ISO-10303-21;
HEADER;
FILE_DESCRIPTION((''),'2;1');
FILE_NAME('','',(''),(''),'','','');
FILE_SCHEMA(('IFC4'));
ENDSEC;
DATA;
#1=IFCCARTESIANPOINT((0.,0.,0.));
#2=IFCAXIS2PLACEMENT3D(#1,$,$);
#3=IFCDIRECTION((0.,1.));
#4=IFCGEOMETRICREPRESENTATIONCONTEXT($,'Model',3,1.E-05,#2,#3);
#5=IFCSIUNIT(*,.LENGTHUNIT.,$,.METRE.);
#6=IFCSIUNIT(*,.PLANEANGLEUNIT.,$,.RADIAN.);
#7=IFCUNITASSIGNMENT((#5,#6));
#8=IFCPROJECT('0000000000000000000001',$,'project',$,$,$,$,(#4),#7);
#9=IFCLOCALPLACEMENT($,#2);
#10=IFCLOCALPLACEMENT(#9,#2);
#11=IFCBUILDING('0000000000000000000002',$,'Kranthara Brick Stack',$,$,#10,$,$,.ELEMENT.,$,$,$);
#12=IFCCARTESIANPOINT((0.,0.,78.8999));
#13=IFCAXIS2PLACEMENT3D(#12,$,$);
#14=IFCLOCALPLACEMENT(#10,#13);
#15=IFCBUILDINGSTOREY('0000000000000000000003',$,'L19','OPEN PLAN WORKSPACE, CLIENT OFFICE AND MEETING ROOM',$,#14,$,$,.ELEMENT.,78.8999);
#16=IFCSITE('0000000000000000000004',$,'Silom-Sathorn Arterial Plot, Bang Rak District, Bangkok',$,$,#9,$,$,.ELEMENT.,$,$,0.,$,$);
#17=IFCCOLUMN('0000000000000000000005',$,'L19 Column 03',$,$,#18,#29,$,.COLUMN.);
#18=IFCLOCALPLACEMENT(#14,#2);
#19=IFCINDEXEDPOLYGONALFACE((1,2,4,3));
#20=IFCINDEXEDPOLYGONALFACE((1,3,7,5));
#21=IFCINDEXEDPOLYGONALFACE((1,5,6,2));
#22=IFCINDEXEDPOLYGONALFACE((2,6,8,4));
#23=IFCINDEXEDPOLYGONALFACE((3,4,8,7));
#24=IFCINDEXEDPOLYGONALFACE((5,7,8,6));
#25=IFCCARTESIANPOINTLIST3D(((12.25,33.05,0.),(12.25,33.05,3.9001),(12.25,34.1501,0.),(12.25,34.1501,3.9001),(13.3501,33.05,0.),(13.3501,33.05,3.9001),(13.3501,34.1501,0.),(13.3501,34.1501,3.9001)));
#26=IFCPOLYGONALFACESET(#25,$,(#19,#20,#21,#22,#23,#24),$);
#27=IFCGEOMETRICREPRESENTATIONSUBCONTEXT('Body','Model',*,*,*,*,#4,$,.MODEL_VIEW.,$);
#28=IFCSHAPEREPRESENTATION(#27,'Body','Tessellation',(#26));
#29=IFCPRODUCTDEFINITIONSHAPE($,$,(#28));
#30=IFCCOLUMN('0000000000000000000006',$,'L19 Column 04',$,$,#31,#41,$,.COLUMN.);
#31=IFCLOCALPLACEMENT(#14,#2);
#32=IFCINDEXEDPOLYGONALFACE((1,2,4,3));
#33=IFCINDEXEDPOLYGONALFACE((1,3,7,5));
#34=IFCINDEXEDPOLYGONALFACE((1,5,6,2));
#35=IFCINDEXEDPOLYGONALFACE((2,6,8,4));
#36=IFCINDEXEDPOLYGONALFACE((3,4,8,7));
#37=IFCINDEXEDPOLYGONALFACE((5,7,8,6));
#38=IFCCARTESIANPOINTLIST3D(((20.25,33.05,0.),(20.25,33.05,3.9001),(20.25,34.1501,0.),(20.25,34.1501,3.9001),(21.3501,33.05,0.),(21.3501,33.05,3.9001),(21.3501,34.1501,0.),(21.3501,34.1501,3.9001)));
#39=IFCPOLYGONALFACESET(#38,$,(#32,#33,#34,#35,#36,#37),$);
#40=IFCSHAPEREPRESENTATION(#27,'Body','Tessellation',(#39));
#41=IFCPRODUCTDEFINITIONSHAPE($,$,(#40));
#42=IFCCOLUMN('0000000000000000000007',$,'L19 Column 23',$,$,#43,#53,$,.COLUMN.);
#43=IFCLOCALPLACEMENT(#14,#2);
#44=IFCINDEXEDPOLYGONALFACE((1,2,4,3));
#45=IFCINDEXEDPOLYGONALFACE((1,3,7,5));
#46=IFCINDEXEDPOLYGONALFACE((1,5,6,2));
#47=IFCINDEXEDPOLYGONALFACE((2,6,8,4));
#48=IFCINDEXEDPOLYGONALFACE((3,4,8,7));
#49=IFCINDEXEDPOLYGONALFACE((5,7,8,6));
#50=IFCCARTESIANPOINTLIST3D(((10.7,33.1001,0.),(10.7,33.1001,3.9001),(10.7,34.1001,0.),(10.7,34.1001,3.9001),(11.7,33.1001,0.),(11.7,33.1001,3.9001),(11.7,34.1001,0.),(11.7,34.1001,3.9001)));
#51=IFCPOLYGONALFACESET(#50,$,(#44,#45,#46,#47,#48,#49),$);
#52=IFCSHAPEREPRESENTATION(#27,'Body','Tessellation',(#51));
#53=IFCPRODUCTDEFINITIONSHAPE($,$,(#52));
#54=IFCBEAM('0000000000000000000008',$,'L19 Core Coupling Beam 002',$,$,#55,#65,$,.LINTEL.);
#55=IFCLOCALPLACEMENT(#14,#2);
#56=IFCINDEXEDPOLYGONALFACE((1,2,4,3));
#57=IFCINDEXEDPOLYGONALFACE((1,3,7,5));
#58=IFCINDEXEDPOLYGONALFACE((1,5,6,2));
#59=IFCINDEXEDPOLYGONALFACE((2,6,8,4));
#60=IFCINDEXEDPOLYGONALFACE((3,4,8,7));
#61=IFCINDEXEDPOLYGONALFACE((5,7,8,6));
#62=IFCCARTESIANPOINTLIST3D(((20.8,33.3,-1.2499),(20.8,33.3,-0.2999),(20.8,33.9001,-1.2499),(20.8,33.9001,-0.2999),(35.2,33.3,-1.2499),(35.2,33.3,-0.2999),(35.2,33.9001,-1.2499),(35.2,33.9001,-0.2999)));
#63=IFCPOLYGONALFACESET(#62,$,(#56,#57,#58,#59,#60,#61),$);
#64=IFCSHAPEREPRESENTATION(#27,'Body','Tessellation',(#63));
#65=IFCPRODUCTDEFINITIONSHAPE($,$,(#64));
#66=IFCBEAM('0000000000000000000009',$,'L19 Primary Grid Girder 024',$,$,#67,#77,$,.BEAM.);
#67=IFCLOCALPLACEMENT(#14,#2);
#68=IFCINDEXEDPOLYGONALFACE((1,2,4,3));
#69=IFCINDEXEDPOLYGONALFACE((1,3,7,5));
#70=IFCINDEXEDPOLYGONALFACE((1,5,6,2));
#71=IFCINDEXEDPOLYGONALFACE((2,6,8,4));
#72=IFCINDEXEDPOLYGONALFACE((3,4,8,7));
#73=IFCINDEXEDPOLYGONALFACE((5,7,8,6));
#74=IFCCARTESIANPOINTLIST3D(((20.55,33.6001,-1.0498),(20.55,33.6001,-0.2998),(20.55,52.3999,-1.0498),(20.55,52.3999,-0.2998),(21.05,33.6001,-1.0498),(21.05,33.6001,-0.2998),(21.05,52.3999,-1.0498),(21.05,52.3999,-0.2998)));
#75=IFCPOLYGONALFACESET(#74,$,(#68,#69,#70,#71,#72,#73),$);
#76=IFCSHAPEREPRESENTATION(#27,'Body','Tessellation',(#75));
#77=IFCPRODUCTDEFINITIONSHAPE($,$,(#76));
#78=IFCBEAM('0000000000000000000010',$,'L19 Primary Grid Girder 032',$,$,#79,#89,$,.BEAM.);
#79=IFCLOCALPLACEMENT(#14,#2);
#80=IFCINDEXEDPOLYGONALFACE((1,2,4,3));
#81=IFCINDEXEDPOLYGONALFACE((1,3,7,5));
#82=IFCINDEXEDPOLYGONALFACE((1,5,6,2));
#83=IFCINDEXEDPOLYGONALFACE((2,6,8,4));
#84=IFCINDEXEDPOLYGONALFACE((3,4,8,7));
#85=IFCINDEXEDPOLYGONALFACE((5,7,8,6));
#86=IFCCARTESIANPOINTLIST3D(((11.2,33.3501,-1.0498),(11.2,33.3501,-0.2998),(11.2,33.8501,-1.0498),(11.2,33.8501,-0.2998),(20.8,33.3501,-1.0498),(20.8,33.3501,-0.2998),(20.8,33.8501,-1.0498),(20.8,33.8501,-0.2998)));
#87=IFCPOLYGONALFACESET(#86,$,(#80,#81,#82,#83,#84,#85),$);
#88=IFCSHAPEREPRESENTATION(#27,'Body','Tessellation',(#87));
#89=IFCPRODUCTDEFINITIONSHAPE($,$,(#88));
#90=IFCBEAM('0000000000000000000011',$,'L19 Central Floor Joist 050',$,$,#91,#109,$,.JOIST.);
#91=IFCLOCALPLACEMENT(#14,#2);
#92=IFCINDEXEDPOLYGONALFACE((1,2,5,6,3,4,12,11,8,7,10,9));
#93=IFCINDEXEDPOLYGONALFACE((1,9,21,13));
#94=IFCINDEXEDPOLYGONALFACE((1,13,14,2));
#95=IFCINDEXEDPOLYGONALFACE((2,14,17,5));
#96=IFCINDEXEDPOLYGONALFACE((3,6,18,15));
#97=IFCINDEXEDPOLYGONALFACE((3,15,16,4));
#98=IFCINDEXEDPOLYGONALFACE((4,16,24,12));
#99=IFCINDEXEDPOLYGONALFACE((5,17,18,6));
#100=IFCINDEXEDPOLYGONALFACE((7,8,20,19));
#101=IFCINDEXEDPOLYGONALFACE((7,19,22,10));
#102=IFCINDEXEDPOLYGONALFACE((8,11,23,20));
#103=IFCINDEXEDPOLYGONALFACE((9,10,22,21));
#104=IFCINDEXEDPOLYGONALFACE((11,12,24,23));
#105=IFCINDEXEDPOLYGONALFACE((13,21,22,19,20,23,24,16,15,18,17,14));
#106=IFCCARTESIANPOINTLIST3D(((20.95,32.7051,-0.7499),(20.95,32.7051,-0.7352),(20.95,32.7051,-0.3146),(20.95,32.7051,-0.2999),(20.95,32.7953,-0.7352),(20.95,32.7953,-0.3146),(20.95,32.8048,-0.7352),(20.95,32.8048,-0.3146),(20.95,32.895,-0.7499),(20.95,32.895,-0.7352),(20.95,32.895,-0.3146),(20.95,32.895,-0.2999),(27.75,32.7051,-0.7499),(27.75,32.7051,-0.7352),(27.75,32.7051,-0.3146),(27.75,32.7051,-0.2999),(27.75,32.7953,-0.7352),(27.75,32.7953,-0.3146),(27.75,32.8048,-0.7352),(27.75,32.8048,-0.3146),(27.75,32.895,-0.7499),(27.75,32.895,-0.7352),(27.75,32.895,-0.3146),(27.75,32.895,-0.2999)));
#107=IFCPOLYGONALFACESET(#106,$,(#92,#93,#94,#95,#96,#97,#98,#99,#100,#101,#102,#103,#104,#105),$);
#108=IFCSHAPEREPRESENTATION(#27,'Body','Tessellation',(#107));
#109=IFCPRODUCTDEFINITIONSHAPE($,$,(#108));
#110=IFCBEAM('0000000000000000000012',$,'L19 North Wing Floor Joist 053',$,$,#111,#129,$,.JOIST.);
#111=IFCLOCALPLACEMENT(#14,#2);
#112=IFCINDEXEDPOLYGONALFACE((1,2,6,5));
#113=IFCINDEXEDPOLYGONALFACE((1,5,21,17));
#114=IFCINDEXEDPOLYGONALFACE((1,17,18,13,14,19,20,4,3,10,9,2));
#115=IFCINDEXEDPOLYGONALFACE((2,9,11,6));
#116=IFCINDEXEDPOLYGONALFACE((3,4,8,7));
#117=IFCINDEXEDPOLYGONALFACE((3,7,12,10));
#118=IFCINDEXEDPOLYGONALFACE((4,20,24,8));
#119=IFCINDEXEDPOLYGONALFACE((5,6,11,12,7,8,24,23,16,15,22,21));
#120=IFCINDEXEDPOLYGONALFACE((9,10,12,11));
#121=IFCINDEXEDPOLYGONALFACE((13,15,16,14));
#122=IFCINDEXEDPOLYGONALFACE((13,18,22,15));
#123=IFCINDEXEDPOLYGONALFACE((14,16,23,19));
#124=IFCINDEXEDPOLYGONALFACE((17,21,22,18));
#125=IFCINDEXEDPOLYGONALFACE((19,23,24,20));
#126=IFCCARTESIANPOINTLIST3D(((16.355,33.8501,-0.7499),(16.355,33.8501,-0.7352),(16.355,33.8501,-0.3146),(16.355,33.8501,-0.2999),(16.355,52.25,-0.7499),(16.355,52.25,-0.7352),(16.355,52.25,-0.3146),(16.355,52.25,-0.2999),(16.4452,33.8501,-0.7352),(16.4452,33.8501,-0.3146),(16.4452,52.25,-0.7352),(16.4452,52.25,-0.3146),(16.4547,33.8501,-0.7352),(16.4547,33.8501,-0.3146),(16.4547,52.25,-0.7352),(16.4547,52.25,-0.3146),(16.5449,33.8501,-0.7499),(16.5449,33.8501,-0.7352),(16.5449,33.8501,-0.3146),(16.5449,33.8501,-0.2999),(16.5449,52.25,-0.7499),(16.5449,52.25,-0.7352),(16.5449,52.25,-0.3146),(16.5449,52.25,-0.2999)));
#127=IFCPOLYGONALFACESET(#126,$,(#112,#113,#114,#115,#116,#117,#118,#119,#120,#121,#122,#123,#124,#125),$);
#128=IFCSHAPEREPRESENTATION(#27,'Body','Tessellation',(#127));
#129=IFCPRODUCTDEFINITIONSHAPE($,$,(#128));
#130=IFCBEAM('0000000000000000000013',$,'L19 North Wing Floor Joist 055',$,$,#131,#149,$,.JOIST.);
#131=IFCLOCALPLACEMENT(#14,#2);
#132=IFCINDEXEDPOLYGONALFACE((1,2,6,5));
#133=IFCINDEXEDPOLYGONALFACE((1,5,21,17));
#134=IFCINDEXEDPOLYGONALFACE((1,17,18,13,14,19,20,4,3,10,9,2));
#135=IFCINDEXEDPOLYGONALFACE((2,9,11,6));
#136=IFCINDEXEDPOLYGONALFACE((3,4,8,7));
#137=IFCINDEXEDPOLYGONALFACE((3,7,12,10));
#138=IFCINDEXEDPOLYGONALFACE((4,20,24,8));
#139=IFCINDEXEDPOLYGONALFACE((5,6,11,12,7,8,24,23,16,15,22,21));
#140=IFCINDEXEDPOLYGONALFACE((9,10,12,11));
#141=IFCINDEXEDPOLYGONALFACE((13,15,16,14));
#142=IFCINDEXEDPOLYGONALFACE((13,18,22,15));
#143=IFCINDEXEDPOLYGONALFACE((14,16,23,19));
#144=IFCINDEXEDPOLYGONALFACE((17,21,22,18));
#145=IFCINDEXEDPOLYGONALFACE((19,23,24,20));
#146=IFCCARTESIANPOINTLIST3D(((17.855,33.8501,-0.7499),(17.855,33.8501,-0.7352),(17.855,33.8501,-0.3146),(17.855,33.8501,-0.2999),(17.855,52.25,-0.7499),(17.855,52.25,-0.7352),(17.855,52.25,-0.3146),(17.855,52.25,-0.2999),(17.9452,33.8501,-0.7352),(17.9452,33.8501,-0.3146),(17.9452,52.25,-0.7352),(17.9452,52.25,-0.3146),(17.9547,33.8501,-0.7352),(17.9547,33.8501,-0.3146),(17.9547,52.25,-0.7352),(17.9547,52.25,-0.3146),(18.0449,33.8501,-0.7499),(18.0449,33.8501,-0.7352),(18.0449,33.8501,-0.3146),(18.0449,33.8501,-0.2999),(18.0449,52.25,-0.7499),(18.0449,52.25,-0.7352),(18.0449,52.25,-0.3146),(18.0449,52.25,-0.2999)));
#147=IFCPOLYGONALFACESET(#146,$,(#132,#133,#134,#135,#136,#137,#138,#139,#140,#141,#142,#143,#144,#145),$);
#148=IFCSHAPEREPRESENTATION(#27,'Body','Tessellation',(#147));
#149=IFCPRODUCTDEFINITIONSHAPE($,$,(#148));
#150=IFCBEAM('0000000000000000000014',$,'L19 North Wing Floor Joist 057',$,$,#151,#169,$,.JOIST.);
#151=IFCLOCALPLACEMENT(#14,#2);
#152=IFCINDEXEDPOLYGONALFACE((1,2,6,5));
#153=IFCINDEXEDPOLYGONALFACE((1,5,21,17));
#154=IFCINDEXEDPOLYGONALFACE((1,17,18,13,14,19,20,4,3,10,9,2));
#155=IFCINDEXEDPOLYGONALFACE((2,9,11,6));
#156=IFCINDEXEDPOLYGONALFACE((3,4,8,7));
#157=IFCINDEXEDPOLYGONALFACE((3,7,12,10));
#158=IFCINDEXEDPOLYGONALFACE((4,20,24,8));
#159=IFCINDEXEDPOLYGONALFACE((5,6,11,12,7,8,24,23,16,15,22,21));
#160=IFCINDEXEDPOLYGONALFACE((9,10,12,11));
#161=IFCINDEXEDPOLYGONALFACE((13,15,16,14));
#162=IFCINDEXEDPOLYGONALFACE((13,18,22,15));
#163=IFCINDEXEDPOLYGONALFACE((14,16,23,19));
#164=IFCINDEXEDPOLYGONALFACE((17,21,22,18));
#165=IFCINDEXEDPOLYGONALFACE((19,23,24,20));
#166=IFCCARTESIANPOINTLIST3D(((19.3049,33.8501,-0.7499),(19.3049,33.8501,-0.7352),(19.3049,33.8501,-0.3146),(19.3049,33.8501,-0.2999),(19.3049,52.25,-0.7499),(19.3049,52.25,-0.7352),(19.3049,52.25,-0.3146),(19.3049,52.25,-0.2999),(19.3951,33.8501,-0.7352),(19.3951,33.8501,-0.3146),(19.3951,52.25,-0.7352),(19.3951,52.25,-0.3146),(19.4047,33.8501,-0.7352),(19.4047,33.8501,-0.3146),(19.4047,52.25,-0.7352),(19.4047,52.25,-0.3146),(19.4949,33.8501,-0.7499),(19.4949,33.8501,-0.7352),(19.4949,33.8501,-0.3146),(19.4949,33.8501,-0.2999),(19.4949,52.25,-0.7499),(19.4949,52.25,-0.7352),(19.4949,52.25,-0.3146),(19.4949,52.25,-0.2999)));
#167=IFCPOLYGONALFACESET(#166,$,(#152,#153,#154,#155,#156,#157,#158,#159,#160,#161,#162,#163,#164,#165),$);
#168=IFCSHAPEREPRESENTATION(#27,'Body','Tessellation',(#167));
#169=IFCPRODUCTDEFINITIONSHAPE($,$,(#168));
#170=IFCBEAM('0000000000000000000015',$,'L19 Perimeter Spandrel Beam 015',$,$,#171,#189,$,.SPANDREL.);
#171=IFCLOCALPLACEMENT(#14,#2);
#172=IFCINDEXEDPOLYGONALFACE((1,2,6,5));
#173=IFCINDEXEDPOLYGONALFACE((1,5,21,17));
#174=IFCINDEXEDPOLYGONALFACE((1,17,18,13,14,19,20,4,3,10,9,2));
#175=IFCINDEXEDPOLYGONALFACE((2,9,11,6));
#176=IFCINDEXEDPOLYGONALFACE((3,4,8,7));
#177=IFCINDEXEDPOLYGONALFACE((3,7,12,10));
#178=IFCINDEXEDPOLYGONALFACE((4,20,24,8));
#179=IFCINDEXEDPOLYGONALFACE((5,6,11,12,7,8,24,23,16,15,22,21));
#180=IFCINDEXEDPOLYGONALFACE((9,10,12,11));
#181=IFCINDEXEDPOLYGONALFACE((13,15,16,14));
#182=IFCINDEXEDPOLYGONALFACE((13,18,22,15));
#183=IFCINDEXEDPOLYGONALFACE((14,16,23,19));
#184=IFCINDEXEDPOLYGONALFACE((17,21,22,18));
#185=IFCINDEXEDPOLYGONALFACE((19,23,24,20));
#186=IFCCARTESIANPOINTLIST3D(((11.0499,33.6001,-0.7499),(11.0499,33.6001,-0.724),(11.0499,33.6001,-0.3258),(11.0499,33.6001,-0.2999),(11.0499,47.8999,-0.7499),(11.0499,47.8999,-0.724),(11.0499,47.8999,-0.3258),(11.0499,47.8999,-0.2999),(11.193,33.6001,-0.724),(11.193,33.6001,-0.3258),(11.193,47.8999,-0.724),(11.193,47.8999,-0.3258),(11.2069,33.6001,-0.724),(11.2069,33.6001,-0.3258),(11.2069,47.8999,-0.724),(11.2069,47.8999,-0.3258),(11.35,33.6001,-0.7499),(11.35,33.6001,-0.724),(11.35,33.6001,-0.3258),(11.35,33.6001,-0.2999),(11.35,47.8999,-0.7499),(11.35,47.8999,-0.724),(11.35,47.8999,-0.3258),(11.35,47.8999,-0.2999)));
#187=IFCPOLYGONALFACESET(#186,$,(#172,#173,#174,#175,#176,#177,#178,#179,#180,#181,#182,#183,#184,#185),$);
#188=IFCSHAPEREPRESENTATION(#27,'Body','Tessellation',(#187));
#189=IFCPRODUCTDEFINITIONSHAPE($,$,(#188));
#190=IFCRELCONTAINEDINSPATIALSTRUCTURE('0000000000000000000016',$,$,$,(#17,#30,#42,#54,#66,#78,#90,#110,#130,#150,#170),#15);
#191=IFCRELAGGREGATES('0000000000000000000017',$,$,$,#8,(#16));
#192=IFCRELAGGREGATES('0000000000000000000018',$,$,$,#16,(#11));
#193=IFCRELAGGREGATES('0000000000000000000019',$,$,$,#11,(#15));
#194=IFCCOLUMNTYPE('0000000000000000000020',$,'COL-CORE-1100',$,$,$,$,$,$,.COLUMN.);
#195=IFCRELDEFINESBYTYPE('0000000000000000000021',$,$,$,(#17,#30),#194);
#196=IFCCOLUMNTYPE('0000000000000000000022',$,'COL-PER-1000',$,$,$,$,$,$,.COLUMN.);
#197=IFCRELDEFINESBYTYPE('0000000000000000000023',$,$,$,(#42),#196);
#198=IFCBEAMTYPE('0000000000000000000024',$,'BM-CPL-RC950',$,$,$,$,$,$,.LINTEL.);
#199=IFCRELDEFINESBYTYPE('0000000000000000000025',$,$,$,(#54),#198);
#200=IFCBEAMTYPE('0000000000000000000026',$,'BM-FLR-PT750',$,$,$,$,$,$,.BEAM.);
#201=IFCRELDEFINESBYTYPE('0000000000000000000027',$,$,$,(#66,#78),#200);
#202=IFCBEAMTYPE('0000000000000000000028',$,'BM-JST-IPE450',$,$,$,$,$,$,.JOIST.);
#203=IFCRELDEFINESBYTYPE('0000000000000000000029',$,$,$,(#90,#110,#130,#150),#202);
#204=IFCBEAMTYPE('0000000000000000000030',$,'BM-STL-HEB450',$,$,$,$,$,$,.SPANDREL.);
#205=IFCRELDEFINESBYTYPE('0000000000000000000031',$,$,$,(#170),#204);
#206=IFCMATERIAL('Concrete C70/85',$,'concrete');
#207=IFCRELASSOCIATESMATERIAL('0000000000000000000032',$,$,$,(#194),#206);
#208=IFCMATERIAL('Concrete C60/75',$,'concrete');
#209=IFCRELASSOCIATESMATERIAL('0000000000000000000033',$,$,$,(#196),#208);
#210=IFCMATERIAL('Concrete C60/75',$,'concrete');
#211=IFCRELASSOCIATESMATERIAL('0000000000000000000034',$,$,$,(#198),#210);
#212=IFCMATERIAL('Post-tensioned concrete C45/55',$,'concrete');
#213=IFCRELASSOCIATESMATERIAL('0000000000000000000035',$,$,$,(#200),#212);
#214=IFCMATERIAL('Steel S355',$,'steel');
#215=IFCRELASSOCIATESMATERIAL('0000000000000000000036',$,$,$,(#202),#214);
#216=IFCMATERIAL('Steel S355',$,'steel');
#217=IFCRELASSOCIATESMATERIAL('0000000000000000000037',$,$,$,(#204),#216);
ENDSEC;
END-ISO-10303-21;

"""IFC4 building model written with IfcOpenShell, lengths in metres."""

from ifc_helpers import new_model, si_unit, direction, frame, origin, origin_2d, place, context, subcontext, project, spatial, rectangle, i_section, extrude, material, material_profile, profile_set, type_object, element, save


model = new_model("IFC4")

# Units and contexts
model_context = context("Model", 3, precision=1e-05, world=origin(), true_north=direction((0.0, 1.0)))
body_context = subcontext(model_context, "Body", "Model", "MODEL_VIEW")
ifc_project = project(units=[si_unit("LENGTHUNIT", "METRE"), si_unit("PLANEANGLEUNIT", "RADIAN")], contexts=[model_context])

# Site, building, storey
site_placement = place(None, origin())
site = spatial("IfcSite", under=ifc_project, at=site_placement, Name="Silom-Sathorn Arterial Plot, Bang Rak District, Bangkok", CompositionType="ELEMENT", RefElevation=0.0)
building_placement = place(site_placement, origin())
building = spatial("IfcBuilding", under=site, at=building_placement, Name="Kranthara Brick Stack", CompositionType="ELEMENT")
storey_placement = place(building_placement, frame((0.0, 0.0, 78.8999)))
storey = spatial("IfcBuildingStorey", under=building, at=storey_placement, Name="L19", Description="OPEN PLAN WORKSPACE, CLIENT OFFICE AND MEETING ROOM", CompositionType="ELEMENT", Elevation=78.8999)

# Columns
ifc_material_1 = material(Name="Concrete C70/85", Category="concrete")
ifc_material_profile_1 = material_profile(ifc_material_1, rectangle(XDim=1.1001, YDim=1.1001, at=origin_2d()), Name="RC 1100x1100")
ifc_profile_set_1 = profile_set([ifc_material_profile_1], Name="Concrete C70/85")
column_type_1 = type_object("IfcColumnType", Name="COL-CORE-1100", PredefinedType="COLUMN", material=ifc_profile_set_1)
for number, where, z_axis, x_axis, name in (
    (1, (12.8, 33.6001, 0.0), (0.0, 0.0, 1.0), (1.0, 0.0, 0.0), "L19 Column 03"),
    (2, (20.8, 33.6001, 0.0), (0.0, 0.0, 1.0), (1.0, 0.0, 0.0), "L19 Column 04"),
):
    element("IfcColumn", number, at=place(storey_placement, frame(where, z_axis=z_axis, x_axis=x_axis)), inside=storey, type_object=column_type_1, Name=name, PredefinedType="COLUMN", context=body_context, shape_type="SweptSolid", body=[
        extrude(rectangle(XDim=1.1001, YDim=1.1001, at=origin_2d()), origin(), (0.0, 0.0, 1.0), 3.9001),
    ])
ifc_material_2 = material(Name="Concrete C60/75", Category="concrete")
ifc_material_profile_2 = material_profile(ifc_material_2, rectangle(XDim=1.0, YDim=1.0, at=origin_2d()), Name="RC 1000x1000")
ifc_profile_set_2 = profile_set([ifc_material_profile_2], Name="Concrete C60/75")
column_type_2 = type_object("IfcColumnType", Name="COL-PER-1000", PredefinedType="COLUMN", material=ifc_profile_set_2)
column_placement = place(storey_placement, frame((11.2, 33.6001, 0.0), z_axis=(0.0, 0.0, 1.0), x_axis=(1.0, 0.0, 0.0)))
element("IfcColumn", 3, at=column_placement, inside=storey, type_object=column_type_2, Name="L19 Column 23", PredefinedType="COLUMN", context=body_context, shape_type="SweptSolid", body=[
    extrude(rectangle(XDim=1.0, YDim=1.0, at=origin_2d()), origin(), (0.0, 0.0, 1.0), 3.9001),
])

# Beams
ifc_material_3 = material(Name="Concrete C60/75", Category="concrete")
ifc_material_profile_3 = material_profile(ifc_material_3, rectangle(XDim=0.6001, YDim=0.95, at=origin_2d()), Name="RC 600x950")
ifc_profile_set_3 = profile_set([ifc_material_profile_3], Name="Concrete C60/75")
beam_type_1 = type_object("IfcBeamType", Name="BM-CPL-RC950", PredefinedType="LINTEL", material=ifc_profile_set_3)
beam_1_placement = place(storey_placement, frame((20.8, 33.6001, -0.7749), z_axis=(1.0, 0.0, 0.0), x_axis=(0.0, 1.0, 0.0)))
element("IfcBeam", 4, at=beam_1_placement, inside=storey, type_object=beam_type_1, Name="L19 Core Coupling Beam 002", PredefinedType="LINTEL", context=body_context, shape_type="SweptSolid", body=[
    extrude(rectangle(XDim=0.6001, YDim=0.95, at=origin_2d()), origin(), (0.0, 0.0, 1.0), 14.3999),
])
ifc_material_4 = material(Name="Post-tensioned concrete C45/55", Category="concrete")
ifc_material_profile_4 = material_profile(ifc_material_4, rectangle(XDim=0.5, YDim=0.75, at=origin_2d()), Name="PT 500x750")
ifc_profile_set_4 = profile_set([ifc_material_profile_4], Name="Post-tensioned concrete C45/55")
beam_type_2 = type_object("IfcBeamType", Name="BM-FLR-PT750", PredefinedType="BEAM", material=ifc_profile_set_4)
beam_2_placement = place(storey_placement, frame((20.8, 33.6001, -0.6748), z_axis=(0.0, 1.0, 0.0), x_axis=(-1.0, 0.0, 0.0)))
element("IfcBeam", 5, at=beam_2_placement, inside=storey, type_object=beam_type_2, Name="L19 Primary Grid Girder 024", PredefinedType="BEAM", context=body_context, shape_type="SweptSolid", body=[
    extrude(rectangle(XDim=0.5, YDim=0.75, at=origin_2d()), origin(), (0.0, 0.0, 1.0), 18.7998),
])
beam_3_placement = place(storey_placement, frame((11.2, 33.6001, -0.6748), z_axis=(1.0, 0.0, 0.0), x_axis=(0.0, 1.0, 0.0)))
element("IfcBeam", 6, at=beam_3_placement, inside=storey, type_object=beam_type_2, Name="L19 Primary Grid Girder 032", PredefinedType="BEAM", context=body_context, shape_type="SweptSolid", body=[
    extrude(rectangle(XDim=0.5, YDim=0.75, at=origin_2d()), origin(), (0.0, 0.0, 1.0), 9.6001),
])
ifc_material_5 = material(Name="Steel S355", Category="steel")
ifc_material_profile_5 = material_profile(ifc_material_5, i_section(OverallWidth=0.1899, OverallDepth=0.45, WebThickness=0.0095, FlangeThickness=0.0146, at=origin_2d()), Name="IPE 450")
ifc_profile_set_5 = profile_set([ifc_material_profile_5], Name="Steel S355")
beam_type_3 = type_object("IfcBeamType", Name="BM-JST-IPE450", PredefinedType="JOIST", material=ifc_profile_set_5)
beam_4_placement = place(storey_placement, frame((20.95, 32.8, -0.5249), z_axis=(1.0, 0.0, 0.0), x_axis=(0.0, 1.0, 0.0)))
element("IfcBeam", 7, at=beam_4_placement, inside=storey, type_object=beam_type_3, Name="L19 Central Floor Joist 050", PredefinedType="JOIST", context=body_context, shape_type="SweptSolid", body=[
    extrude(i_section(OverallWidth=0.1899, OverallDepth=0.45, WebThickness=0.0095, FlangeThickness=0.0146, at=origin_2d()), origin(), (0.0, 0.0, 1.0), 6.8),
])
for number, where, z_axis, x_axis, name in (
    (8, (16.45, 33.8501, -0.5249), (0.0, 1.0, 0.0), (-1.0, 0.0, 0.0), "L19 North Wing Floor Joist 053"),
    (9, (17.95, 33.8501, -0.5249), (0.0, 1.0, 0.0), (-1.0, 0.0, 0.0), "L19 North Wing Floor Joist 055"),
    (10, (19.3999, 33.8501, -0.5249), (0.0, 1.0, 0.0), (-1.0, 0.0, 0.0), "L19 North Wing Floor Joist 057"),
):
    element("IfcBeam", number, at=place(storey_placement, frame(where, z_axis=z_axis, x_axis=x_axis)), inside=storey, type_object=beam_type_3, Name=name, PredefinedType="JOIST", context=body_context, shape_type="SweptSolid", body=[
        extrude(i_section(OverallWidth=0.1899, OverallDepth=0.45, WebThickness=0.0095, FlangeThickness=0.0146, at=origin_2d()), origin(), (0.0, 0.0, 1.0), 18.3999),
    ])
ifc_material_6 = material(Name="Steel S355", Category="steel")
ifc_material_profile_6 = material_profile(ifc_material_6, i_section(OverallWidth=0.3, OverallDepth=0.45, WebThickness=0.0139, FlangeThickness=0.0259, at=origin_2d()), Name="HEB 450")
ifc_profile_set_6 = profile_set([ifc_material_profile_6], Name="Steel S355")
beam_type_4 = type_object("IfcBeamType", Name="BM-STL-HEB450", PredefinedType="SPANDREL", material=ifc_profile_set_6)
beam_5_placement = place(storey_placement, frame((11.2, 33.6001, -0.5249), z_axis=(0.0, 1.0, 0.0), x_axis=(-1.0, 0.0, 0.0)))
element("IfcBeam", 11, at=beam_5_placement, inside=storey, type_object=beam_type_4, Name="L19 Perimeter Spandrel Beam 015", PredefinedType="SPANDREL", context=body_context, shape_type="SweptSolid", body=[
    extrude(i_section(OverallWidth=0.3, OverallDepth=0.45, WebThickness=0.0139, FlangeThickness=0.0259, at=origin_2d()), origin(), (0.0, 0.0, 1.0), 14.2998),
])

save(model, "model.ifc")
